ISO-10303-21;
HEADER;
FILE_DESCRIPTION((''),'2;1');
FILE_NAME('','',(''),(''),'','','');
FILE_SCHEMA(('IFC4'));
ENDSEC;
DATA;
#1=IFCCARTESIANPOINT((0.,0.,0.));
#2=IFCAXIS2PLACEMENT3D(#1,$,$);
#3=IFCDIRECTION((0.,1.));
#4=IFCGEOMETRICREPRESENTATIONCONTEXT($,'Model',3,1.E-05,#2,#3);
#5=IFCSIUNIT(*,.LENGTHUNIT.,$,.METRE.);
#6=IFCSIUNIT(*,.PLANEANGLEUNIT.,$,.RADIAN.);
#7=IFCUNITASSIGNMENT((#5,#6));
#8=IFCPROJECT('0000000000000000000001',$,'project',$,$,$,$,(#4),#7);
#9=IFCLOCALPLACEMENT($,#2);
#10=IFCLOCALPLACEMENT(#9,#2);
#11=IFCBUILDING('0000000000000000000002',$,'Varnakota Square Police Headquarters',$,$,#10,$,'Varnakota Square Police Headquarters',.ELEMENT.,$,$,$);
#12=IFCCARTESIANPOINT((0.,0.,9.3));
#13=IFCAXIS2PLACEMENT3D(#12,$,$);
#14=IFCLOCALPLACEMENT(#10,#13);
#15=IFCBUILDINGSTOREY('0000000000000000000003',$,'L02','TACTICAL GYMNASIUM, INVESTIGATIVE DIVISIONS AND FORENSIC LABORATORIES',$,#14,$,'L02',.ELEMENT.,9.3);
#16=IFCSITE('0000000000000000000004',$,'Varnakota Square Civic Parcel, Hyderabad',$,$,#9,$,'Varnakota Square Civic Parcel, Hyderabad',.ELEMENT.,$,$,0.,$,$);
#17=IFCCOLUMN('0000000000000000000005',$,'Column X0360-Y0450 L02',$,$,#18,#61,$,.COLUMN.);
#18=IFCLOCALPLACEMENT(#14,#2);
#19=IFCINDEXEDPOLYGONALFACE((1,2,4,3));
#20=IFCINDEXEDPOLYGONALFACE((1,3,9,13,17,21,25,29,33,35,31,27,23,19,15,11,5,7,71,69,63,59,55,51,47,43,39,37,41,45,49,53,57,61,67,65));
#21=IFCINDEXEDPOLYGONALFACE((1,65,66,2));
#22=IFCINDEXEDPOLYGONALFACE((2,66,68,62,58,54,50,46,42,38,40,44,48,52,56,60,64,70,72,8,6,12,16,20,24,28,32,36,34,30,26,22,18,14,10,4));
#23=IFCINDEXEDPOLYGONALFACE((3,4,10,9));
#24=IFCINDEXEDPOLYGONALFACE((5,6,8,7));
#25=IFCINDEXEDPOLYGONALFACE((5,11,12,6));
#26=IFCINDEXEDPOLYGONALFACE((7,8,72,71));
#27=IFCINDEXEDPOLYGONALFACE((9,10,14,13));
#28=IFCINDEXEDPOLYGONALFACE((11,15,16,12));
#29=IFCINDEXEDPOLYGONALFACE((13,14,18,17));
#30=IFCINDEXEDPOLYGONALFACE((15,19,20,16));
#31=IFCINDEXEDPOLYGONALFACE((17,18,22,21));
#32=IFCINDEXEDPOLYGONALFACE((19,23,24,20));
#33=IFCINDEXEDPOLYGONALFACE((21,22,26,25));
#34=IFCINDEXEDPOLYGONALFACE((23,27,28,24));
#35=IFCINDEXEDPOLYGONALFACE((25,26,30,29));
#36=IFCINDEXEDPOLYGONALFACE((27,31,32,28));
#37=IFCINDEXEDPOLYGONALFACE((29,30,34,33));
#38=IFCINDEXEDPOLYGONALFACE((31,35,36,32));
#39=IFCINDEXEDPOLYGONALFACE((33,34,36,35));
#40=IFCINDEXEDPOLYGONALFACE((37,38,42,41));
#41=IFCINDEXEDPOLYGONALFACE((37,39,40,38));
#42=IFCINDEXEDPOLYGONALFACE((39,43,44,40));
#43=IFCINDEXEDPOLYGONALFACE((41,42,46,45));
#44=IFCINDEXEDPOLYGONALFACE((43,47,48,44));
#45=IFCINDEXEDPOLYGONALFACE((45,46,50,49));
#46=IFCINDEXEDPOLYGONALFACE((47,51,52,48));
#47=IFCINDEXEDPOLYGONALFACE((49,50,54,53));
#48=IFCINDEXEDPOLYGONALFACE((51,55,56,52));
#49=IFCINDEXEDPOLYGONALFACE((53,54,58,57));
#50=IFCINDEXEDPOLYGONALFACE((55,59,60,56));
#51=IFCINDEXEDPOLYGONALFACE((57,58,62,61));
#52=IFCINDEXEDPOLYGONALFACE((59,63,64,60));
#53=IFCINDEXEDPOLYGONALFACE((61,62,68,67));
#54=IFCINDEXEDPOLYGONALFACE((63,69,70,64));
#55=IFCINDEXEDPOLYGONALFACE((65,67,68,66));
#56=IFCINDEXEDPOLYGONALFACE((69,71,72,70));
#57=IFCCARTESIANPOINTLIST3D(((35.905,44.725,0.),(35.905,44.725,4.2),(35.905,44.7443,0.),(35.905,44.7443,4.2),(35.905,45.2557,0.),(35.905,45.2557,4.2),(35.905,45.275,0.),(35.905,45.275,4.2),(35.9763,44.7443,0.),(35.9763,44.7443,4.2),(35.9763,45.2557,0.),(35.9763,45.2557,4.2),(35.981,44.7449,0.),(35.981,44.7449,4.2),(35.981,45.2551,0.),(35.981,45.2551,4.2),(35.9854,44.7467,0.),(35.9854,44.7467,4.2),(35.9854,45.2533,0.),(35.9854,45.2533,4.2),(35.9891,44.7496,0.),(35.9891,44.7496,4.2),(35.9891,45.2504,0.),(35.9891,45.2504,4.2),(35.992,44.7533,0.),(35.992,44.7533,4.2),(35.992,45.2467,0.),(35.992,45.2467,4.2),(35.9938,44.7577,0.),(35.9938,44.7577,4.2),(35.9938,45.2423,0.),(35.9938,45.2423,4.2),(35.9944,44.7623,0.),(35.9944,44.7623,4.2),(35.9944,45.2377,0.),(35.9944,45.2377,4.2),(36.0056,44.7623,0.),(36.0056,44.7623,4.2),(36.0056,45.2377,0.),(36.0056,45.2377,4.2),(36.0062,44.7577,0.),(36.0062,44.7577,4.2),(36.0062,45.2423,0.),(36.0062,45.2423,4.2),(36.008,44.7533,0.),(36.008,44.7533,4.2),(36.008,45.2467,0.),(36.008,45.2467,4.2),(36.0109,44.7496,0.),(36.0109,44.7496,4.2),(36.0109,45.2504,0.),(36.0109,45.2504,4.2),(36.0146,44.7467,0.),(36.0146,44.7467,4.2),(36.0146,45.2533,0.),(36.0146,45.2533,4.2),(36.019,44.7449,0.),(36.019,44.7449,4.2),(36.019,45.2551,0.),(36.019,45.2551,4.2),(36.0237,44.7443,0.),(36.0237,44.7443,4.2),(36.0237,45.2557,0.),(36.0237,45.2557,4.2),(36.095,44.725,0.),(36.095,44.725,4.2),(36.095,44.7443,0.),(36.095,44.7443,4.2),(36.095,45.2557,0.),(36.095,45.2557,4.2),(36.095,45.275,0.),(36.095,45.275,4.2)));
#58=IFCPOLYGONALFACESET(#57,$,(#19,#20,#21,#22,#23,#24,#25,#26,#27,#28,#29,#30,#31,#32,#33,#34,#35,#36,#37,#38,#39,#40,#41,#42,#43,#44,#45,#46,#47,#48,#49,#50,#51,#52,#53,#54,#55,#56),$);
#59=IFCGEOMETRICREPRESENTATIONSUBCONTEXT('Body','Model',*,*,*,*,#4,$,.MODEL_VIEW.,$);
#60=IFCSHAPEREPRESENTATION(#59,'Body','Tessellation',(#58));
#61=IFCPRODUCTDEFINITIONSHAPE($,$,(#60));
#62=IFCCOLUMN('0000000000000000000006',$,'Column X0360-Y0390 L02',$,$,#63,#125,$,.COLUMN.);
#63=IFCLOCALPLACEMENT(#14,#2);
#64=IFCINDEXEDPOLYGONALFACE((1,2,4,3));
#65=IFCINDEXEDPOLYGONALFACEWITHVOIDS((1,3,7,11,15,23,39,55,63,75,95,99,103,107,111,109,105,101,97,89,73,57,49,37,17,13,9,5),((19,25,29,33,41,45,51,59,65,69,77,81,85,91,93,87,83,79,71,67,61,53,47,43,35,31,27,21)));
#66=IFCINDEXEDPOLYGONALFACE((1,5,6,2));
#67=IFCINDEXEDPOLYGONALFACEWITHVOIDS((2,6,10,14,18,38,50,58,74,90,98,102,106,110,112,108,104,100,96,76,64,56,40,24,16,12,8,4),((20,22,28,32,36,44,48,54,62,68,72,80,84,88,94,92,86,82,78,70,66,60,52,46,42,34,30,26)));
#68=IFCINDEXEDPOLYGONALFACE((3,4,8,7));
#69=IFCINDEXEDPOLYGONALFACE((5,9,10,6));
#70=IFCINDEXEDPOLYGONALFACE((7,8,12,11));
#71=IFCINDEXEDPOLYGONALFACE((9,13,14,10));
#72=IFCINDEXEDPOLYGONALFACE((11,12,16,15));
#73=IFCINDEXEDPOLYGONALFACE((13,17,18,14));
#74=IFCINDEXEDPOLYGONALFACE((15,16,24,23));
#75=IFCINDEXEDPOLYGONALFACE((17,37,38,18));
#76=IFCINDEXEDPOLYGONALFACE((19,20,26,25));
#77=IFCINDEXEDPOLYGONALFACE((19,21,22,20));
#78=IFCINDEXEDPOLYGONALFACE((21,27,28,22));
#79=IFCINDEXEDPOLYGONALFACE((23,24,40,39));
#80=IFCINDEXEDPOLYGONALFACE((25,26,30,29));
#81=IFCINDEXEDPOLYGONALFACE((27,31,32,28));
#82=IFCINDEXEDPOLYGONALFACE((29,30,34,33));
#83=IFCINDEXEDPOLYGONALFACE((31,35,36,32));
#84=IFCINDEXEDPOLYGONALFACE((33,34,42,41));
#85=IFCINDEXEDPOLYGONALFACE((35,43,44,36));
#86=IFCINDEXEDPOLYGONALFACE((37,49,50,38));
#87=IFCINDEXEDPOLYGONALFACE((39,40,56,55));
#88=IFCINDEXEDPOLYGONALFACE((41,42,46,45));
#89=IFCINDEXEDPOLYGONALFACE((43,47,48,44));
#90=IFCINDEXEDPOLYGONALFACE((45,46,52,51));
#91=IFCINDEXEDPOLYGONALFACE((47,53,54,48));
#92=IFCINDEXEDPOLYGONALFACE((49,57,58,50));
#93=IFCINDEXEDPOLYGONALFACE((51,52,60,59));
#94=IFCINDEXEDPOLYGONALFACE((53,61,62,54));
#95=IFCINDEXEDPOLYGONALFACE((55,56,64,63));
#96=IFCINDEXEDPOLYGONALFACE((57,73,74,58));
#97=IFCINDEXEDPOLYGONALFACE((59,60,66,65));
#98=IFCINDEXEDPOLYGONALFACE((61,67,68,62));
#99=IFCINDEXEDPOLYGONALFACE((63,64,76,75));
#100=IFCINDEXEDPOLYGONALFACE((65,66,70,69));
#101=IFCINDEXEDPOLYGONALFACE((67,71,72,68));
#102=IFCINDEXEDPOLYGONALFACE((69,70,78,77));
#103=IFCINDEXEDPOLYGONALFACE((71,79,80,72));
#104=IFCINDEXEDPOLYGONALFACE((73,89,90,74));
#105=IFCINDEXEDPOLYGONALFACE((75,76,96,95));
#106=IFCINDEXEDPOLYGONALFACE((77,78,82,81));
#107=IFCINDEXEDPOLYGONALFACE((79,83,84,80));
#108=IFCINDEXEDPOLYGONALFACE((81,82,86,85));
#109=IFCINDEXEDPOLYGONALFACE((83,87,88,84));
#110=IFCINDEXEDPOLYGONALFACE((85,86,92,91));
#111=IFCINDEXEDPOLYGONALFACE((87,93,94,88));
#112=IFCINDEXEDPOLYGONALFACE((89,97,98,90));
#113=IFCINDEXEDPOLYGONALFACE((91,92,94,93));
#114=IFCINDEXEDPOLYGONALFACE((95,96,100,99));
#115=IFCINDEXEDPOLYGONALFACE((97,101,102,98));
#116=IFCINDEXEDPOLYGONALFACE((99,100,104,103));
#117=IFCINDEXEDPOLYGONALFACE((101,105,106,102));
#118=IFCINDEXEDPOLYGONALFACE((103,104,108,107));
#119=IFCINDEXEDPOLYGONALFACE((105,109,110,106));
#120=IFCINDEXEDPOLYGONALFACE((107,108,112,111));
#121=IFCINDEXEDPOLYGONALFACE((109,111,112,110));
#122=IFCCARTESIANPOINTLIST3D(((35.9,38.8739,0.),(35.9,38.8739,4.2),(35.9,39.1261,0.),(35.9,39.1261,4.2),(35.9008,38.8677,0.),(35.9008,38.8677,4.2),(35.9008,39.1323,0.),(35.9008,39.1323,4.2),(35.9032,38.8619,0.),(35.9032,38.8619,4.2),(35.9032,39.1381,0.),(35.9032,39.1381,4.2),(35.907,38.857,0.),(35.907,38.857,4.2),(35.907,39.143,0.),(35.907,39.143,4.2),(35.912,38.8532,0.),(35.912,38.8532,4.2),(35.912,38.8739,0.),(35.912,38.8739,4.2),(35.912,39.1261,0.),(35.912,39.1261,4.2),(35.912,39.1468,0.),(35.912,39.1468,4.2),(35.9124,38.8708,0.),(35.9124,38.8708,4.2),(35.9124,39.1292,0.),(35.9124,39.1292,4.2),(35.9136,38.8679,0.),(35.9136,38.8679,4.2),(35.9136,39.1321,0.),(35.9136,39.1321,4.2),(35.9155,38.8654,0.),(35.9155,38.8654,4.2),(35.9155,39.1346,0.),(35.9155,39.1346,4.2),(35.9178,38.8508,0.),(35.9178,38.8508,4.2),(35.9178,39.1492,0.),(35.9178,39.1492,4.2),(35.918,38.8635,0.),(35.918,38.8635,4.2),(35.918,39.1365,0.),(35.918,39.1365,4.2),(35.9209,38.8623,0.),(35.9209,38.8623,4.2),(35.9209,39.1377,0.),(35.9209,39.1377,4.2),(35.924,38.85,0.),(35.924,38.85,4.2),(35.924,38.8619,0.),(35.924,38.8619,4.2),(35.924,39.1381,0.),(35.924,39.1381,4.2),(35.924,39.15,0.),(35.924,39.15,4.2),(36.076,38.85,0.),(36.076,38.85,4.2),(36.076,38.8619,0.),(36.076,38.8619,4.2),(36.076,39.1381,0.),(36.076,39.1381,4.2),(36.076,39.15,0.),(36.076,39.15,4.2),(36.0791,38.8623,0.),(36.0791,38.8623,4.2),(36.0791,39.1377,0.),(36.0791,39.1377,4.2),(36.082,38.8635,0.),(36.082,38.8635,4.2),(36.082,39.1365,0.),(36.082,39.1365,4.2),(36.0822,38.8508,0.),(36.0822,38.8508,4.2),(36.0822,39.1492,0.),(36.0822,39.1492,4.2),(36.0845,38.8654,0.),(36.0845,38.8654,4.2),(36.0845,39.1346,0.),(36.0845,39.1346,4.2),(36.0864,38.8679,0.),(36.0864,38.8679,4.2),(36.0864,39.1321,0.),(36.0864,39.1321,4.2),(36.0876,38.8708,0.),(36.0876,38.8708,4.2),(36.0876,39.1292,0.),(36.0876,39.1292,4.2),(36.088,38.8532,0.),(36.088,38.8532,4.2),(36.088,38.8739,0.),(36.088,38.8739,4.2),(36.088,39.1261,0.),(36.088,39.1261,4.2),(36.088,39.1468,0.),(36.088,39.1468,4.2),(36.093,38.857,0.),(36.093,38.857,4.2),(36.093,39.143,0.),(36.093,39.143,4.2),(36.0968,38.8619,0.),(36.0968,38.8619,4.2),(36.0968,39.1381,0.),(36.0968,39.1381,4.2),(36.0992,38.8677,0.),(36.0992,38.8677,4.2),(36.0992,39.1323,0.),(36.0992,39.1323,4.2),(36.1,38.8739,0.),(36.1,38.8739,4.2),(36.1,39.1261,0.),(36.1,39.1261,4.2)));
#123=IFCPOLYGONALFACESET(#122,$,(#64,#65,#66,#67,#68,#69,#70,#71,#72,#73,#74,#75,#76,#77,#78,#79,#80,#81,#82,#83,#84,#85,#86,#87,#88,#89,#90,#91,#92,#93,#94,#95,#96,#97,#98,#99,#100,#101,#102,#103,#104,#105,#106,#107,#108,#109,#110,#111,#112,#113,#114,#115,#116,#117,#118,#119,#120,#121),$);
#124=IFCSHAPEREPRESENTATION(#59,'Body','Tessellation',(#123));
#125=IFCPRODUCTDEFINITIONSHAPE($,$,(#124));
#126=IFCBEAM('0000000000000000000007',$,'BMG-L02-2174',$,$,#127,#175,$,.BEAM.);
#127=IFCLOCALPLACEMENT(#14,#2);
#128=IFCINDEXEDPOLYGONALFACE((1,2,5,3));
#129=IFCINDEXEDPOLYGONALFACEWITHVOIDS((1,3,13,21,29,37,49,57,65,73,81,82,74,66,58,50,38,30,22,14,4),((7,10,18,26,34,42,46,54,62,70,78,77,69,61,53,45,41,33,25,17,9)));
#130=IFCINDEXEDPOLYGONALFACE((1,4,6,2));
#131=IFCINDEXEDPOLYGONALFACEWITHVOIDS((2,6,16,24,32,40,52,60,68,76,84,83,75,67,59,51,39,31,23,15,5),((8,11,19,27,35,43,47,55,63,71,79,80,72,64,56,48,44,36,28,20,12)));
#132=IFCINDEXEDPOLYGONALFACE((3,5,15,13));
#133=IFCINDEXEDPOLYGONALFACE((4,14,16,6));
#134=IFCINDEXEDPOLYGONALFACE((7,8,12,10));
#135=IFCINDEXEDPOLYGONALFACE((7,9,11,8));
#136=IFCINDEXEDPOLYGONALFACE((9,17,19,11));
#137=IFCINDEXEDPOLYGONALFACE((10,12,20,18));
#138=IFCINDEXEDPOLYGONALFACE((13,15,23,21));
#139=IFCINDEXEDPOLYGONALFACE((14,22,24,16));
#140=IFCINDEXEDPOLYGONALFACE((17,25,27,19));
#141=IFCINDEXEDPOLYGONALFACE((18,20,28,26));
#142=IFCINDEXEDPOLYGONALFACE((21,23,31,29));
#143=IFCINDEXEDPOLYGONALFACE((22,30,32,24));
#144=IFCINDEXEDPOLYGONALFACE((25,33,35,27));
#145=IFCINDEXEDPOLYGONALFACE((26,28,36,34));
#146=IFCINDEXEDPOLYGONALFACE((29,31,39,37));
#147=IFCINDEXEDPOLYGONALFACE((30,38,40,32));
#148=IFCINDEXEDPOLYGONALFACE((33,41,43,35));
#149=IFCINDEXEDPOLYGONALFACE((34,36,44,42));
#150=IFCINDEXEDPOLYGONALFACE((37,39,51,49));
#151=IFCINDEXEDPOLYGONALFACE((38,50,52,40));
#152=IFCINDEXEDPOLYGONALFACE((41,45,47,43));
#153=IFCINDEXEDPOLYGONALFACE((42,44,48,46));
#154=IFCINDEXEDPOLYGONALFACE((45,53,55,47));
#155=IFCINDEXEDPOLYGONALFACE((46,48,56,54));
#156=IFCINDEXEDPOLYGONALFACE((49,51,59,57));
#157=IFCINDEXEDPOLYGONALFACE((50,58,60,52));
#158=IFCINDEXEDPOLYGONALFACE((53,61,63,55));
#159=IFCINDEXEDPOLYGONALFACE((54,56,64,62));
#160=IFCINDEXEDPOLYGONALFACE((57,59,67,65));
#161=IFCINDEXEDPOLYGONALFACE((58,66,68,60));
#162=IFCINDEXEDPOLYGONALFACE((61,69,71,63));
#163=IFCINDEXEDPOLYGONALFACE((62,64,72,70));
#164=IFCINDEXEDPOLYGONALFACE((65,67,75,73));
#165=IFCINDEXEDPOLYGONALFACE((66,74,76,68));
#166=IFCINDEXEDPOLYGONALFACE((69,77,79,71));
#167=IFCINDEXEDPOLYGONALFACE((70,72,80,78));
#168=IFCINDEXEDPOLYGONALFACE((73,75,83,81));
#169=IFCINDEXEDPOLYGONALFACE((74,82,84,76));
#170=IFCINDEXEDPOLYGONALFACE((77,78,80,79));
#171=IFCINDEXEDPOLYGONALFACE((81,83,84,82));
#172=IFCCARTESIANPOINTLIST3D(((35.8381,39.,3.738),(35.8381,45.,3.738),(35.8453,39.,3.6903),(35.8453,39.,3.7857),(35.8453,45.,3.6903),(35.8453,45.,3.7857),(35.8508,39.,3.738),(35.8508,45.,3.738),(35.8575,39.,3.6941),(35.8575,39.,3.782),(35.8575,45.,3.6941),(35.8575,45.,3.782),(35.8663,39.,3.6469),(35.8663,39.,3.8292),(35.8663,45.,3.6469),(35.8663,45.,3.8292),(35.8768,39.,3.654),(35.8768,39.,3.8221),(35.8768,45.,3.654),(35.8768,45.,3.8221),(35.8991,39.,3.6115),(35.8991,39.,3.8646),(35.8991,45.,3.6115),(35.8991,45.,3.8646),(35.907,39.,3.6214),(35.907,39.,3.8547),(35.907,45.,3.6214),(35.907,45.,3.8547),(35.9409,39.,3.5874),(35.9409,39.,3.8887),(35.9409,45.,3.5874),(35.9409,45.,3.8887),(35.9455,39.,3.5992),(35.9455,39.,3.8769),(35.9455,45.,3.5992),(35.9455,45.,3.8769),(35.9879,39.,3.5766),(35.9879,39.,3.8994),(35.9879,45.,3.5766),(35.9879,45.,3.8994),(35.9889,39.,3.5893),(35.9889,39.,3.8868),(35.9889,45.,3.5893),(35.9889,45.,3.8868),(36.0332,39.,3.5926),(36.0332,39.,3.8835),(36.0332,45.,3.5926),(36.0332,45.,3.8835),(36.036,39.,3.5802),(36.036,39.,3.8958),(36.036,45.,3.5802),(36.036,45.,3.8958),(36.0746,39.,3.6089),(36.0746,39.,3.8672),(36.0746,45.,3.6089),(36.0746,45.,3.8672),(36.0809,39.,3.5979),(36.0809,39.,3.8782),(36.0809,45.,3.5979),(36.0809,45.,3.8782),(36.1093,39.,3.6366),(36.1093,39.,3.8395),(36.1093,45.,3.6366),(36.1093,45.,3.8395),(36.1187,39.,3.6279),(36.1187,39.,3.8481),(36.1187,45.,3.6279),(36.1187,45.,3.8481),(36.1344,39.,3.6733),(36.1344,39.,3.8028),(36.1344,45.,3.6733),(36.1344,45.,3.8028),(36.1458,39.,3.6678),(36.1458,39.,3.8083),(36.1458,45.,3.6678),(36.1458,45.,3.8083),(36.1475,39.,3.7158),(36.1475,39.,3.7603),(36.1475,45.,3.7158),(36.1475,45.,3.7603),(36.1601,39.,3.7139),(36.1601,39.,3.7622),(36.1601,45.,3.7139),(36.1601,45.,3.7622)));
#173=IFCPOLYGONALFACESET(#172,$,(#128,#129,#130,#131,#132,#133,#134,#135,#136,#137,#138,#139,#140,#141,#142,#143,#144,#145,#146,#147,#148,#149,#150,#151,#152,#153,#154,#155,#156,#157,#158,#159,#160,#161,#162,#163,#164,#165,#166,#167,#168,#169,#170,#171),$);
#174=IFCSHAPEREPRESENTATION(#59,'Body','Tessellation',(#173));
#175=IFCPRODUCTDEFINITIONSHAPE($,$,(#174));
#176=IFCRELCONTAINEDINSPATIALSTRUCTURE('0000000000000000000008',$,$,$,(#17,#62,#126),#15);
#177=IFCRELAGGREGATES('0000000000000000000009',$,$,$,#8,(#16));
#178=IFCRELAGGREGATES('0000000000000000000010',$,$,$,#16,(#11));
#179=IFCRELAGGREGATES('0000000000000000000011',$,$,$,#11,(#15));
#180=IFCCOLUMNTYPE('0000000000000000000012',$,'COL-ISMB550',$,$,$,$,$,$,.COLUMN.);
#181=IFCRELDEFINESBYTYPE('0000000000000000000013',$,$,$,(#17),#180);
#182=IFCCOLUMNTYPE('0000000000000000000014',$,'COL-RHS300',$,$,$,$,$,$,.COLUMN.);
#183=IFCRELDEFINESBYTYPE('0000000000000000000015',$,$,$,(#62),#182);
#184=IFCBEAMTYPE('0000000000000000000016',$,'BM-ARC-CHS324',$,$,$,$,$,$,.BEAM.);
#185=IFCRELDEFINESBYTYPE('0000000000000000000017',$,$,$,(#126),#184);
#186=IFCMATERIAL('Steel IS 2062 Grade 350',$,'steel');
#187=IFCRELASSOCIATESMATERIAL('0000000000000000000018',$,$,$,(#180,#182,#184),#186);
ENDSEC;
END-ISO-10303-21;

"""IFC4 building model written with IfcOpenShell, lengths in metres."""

from ifc_helpers import new_model, si_unit, direction, frame, origin, origin_2d, place, context, subcontext, project, spatial, hollow_rectangle, hollow_circle, i_section, extrude, material, material_profile, profile_set, type_object, element, save


model = new_model("IFC4")

# Units and contexts
model_context = context("Model", 3, precision=1e-05, world=origin(), true_north=direction((0.0, 1.0)))
body_context = subcontext(model_context, "Body", "Model", "MODEL_VIEW")
ifc_project = project(units=[si_unit("LENGTHUNIT", "METRE"), si_unit("PLANEANGLEUNIT", "RADIAN")], contexts=[model_context])

# Site, building, storey
site_placement = place(None, origin())
site = spatial("IfcSite", under=ifc_project, at=site_placement, Name="Varnakota Square Civic Parcel, Hyderabad", LongName="Varnakota Square Civic Parcel, Hyderabad", CompositionType="ELEMENT", RefElevation=0.0)
building_placement = place(site_placement, origin())
building = spatial("IfcBuilding", under=site, at=building_placement, Name="Varnakota Square Police Headquarters", LongName="Varnakota Square Police Headquarters", CompositionType="ELEMENT")
storey_placement = place(building_placement, frame((0.0, 0.0, 9.3)))
storey = spatial("IfcBuildingStorey", under=building, at=storey_placement, Name="L02", Description="TACTICAL GYMNASIUM, INVESTIGATIVE DIVISIONS AND FORENSIC LABORATORIES", LongName="L02", CompositionType="ELEMENT", Elevation=9.3)

# Columns
ifc_material_1 = material(Name="Steel IS 2062 Grade 350", Category="steel")
ifc_material_profile_1 = material_profile(ifc_material_1, i_section(OverallWidth=0.1899, OverallDepth=0.55, WebThickness=0.0112, FlangeThickness=0.0193, FilletRadius=0.0181, at=origin_2d()), Name="ISMB 550")
ifc_profile_set_1 = profile_set([ifc_material_profile_1], Name="Steel IS 2062 Grade 350")
column_type_1 = type_object("IfcColumnType", Name="COL-ISMB550", PredefinedType="COLUMN", material=ifc_profile_set_1)
column_1_placement = place(storey_placement, frame((36.0, 45.0, 0.0), z_axis=(0.0, 0.0, 1.0), x_axis=(1.0, 0.0, 0.0)))
element("IfcColumn", 1, at=column_1_placement, inside=storey, type_object=column_type_1, Name="Column X0360-Y0450 L02", PredefinedType="COLUMN", context=body_context, shape_type="SweptSolid", body=[
    extrude(i_section(OverallWidth=0.1899, OverallDepth=0.55, WebThickness=0.0112, FlangeThickness=0.0193, FilletRadius=0.0181, at=origin_2d()), origin(), (0.0, 0.0, 1.0), 4.2),
])
ifc_material_profile_2 = material_profile(ifc_material_1, hollow_rectangle(XDim=0.2, YDim=0.3, WallThickness=0.012, InnerFilletRadius=0.012, OuterFilletRadius=0.0239, at=origin_2d()), Name="RHS 300x200x12")
ifc_profile_set_2 = profile_set([ifc_material_profile_2], Name="Steel IS 2062 Grade 350")
column_type_2 = type_object("IfcColumnType", Name="COL-RHS300", PredefinedType="COLUMN", material=ifc_profile_set_2)
column_2_placement = place(storey_placement, frame((36.0, 39.0, 0.0), z_axis=(0.0, 0.0, 1.0), x_axis=(1.0, 0.0, 0.0)))
element("IfcColumn", 2, at=column_2_placement, inside=storey, type_object=column_type_2, Name="Column X0360-Y0390 L02", PredefinedType="COLUMN", context=body_context, shape_type="SweptSolid", body=[
    extrude(hollow_rectangle(XDim=0.2, YDim=0.3, WallThickness=0.012, InnerFilletRadius=0.012, OuterFilletRadius=0.0239, at=origin_2d()), origin(), (0.0, 0.0, 1.0), 4.2),
])

# Beam
ifc_material_profile_3 = material_profile(ifc_material_1, hollow_circle(Radius=0.1619, WallThickness=0.0127, at=origin_2d()), Name="CHS 323.9x12.7")
ifc_profile_set_3 = profile_set([ifc_material_profile_3], Name="Steel IS 2062 Grade 350")
beam_type_1 = type_object("IfcBeamType", Name="BM-ARC-CHS324", PredefinedType="BEAM", material=ifc_profile_set_3)
beam_1_placement = place(storey_placement, frame((36.0, 39.0, 3.738), z_axis=(0.0, 1.0, 0.0), x_axis=(-1.0, 0.0, 0.0)))
element("IfcBeam", 3, at=beam_1_placement, inside=storey, type_object=beam_type_1, Name="BMG-L02-2174", PredefinedType="BEAM", context=body_context, shape_type="SweptSolid", body=[
    extrude(hollow_circle(Radius=0.1619, WallThickness=0.0127, at=origin_2d()), origin(), (0.0, 0.0, 1.0), 6.0),
])

save(model, "model.ifc")
